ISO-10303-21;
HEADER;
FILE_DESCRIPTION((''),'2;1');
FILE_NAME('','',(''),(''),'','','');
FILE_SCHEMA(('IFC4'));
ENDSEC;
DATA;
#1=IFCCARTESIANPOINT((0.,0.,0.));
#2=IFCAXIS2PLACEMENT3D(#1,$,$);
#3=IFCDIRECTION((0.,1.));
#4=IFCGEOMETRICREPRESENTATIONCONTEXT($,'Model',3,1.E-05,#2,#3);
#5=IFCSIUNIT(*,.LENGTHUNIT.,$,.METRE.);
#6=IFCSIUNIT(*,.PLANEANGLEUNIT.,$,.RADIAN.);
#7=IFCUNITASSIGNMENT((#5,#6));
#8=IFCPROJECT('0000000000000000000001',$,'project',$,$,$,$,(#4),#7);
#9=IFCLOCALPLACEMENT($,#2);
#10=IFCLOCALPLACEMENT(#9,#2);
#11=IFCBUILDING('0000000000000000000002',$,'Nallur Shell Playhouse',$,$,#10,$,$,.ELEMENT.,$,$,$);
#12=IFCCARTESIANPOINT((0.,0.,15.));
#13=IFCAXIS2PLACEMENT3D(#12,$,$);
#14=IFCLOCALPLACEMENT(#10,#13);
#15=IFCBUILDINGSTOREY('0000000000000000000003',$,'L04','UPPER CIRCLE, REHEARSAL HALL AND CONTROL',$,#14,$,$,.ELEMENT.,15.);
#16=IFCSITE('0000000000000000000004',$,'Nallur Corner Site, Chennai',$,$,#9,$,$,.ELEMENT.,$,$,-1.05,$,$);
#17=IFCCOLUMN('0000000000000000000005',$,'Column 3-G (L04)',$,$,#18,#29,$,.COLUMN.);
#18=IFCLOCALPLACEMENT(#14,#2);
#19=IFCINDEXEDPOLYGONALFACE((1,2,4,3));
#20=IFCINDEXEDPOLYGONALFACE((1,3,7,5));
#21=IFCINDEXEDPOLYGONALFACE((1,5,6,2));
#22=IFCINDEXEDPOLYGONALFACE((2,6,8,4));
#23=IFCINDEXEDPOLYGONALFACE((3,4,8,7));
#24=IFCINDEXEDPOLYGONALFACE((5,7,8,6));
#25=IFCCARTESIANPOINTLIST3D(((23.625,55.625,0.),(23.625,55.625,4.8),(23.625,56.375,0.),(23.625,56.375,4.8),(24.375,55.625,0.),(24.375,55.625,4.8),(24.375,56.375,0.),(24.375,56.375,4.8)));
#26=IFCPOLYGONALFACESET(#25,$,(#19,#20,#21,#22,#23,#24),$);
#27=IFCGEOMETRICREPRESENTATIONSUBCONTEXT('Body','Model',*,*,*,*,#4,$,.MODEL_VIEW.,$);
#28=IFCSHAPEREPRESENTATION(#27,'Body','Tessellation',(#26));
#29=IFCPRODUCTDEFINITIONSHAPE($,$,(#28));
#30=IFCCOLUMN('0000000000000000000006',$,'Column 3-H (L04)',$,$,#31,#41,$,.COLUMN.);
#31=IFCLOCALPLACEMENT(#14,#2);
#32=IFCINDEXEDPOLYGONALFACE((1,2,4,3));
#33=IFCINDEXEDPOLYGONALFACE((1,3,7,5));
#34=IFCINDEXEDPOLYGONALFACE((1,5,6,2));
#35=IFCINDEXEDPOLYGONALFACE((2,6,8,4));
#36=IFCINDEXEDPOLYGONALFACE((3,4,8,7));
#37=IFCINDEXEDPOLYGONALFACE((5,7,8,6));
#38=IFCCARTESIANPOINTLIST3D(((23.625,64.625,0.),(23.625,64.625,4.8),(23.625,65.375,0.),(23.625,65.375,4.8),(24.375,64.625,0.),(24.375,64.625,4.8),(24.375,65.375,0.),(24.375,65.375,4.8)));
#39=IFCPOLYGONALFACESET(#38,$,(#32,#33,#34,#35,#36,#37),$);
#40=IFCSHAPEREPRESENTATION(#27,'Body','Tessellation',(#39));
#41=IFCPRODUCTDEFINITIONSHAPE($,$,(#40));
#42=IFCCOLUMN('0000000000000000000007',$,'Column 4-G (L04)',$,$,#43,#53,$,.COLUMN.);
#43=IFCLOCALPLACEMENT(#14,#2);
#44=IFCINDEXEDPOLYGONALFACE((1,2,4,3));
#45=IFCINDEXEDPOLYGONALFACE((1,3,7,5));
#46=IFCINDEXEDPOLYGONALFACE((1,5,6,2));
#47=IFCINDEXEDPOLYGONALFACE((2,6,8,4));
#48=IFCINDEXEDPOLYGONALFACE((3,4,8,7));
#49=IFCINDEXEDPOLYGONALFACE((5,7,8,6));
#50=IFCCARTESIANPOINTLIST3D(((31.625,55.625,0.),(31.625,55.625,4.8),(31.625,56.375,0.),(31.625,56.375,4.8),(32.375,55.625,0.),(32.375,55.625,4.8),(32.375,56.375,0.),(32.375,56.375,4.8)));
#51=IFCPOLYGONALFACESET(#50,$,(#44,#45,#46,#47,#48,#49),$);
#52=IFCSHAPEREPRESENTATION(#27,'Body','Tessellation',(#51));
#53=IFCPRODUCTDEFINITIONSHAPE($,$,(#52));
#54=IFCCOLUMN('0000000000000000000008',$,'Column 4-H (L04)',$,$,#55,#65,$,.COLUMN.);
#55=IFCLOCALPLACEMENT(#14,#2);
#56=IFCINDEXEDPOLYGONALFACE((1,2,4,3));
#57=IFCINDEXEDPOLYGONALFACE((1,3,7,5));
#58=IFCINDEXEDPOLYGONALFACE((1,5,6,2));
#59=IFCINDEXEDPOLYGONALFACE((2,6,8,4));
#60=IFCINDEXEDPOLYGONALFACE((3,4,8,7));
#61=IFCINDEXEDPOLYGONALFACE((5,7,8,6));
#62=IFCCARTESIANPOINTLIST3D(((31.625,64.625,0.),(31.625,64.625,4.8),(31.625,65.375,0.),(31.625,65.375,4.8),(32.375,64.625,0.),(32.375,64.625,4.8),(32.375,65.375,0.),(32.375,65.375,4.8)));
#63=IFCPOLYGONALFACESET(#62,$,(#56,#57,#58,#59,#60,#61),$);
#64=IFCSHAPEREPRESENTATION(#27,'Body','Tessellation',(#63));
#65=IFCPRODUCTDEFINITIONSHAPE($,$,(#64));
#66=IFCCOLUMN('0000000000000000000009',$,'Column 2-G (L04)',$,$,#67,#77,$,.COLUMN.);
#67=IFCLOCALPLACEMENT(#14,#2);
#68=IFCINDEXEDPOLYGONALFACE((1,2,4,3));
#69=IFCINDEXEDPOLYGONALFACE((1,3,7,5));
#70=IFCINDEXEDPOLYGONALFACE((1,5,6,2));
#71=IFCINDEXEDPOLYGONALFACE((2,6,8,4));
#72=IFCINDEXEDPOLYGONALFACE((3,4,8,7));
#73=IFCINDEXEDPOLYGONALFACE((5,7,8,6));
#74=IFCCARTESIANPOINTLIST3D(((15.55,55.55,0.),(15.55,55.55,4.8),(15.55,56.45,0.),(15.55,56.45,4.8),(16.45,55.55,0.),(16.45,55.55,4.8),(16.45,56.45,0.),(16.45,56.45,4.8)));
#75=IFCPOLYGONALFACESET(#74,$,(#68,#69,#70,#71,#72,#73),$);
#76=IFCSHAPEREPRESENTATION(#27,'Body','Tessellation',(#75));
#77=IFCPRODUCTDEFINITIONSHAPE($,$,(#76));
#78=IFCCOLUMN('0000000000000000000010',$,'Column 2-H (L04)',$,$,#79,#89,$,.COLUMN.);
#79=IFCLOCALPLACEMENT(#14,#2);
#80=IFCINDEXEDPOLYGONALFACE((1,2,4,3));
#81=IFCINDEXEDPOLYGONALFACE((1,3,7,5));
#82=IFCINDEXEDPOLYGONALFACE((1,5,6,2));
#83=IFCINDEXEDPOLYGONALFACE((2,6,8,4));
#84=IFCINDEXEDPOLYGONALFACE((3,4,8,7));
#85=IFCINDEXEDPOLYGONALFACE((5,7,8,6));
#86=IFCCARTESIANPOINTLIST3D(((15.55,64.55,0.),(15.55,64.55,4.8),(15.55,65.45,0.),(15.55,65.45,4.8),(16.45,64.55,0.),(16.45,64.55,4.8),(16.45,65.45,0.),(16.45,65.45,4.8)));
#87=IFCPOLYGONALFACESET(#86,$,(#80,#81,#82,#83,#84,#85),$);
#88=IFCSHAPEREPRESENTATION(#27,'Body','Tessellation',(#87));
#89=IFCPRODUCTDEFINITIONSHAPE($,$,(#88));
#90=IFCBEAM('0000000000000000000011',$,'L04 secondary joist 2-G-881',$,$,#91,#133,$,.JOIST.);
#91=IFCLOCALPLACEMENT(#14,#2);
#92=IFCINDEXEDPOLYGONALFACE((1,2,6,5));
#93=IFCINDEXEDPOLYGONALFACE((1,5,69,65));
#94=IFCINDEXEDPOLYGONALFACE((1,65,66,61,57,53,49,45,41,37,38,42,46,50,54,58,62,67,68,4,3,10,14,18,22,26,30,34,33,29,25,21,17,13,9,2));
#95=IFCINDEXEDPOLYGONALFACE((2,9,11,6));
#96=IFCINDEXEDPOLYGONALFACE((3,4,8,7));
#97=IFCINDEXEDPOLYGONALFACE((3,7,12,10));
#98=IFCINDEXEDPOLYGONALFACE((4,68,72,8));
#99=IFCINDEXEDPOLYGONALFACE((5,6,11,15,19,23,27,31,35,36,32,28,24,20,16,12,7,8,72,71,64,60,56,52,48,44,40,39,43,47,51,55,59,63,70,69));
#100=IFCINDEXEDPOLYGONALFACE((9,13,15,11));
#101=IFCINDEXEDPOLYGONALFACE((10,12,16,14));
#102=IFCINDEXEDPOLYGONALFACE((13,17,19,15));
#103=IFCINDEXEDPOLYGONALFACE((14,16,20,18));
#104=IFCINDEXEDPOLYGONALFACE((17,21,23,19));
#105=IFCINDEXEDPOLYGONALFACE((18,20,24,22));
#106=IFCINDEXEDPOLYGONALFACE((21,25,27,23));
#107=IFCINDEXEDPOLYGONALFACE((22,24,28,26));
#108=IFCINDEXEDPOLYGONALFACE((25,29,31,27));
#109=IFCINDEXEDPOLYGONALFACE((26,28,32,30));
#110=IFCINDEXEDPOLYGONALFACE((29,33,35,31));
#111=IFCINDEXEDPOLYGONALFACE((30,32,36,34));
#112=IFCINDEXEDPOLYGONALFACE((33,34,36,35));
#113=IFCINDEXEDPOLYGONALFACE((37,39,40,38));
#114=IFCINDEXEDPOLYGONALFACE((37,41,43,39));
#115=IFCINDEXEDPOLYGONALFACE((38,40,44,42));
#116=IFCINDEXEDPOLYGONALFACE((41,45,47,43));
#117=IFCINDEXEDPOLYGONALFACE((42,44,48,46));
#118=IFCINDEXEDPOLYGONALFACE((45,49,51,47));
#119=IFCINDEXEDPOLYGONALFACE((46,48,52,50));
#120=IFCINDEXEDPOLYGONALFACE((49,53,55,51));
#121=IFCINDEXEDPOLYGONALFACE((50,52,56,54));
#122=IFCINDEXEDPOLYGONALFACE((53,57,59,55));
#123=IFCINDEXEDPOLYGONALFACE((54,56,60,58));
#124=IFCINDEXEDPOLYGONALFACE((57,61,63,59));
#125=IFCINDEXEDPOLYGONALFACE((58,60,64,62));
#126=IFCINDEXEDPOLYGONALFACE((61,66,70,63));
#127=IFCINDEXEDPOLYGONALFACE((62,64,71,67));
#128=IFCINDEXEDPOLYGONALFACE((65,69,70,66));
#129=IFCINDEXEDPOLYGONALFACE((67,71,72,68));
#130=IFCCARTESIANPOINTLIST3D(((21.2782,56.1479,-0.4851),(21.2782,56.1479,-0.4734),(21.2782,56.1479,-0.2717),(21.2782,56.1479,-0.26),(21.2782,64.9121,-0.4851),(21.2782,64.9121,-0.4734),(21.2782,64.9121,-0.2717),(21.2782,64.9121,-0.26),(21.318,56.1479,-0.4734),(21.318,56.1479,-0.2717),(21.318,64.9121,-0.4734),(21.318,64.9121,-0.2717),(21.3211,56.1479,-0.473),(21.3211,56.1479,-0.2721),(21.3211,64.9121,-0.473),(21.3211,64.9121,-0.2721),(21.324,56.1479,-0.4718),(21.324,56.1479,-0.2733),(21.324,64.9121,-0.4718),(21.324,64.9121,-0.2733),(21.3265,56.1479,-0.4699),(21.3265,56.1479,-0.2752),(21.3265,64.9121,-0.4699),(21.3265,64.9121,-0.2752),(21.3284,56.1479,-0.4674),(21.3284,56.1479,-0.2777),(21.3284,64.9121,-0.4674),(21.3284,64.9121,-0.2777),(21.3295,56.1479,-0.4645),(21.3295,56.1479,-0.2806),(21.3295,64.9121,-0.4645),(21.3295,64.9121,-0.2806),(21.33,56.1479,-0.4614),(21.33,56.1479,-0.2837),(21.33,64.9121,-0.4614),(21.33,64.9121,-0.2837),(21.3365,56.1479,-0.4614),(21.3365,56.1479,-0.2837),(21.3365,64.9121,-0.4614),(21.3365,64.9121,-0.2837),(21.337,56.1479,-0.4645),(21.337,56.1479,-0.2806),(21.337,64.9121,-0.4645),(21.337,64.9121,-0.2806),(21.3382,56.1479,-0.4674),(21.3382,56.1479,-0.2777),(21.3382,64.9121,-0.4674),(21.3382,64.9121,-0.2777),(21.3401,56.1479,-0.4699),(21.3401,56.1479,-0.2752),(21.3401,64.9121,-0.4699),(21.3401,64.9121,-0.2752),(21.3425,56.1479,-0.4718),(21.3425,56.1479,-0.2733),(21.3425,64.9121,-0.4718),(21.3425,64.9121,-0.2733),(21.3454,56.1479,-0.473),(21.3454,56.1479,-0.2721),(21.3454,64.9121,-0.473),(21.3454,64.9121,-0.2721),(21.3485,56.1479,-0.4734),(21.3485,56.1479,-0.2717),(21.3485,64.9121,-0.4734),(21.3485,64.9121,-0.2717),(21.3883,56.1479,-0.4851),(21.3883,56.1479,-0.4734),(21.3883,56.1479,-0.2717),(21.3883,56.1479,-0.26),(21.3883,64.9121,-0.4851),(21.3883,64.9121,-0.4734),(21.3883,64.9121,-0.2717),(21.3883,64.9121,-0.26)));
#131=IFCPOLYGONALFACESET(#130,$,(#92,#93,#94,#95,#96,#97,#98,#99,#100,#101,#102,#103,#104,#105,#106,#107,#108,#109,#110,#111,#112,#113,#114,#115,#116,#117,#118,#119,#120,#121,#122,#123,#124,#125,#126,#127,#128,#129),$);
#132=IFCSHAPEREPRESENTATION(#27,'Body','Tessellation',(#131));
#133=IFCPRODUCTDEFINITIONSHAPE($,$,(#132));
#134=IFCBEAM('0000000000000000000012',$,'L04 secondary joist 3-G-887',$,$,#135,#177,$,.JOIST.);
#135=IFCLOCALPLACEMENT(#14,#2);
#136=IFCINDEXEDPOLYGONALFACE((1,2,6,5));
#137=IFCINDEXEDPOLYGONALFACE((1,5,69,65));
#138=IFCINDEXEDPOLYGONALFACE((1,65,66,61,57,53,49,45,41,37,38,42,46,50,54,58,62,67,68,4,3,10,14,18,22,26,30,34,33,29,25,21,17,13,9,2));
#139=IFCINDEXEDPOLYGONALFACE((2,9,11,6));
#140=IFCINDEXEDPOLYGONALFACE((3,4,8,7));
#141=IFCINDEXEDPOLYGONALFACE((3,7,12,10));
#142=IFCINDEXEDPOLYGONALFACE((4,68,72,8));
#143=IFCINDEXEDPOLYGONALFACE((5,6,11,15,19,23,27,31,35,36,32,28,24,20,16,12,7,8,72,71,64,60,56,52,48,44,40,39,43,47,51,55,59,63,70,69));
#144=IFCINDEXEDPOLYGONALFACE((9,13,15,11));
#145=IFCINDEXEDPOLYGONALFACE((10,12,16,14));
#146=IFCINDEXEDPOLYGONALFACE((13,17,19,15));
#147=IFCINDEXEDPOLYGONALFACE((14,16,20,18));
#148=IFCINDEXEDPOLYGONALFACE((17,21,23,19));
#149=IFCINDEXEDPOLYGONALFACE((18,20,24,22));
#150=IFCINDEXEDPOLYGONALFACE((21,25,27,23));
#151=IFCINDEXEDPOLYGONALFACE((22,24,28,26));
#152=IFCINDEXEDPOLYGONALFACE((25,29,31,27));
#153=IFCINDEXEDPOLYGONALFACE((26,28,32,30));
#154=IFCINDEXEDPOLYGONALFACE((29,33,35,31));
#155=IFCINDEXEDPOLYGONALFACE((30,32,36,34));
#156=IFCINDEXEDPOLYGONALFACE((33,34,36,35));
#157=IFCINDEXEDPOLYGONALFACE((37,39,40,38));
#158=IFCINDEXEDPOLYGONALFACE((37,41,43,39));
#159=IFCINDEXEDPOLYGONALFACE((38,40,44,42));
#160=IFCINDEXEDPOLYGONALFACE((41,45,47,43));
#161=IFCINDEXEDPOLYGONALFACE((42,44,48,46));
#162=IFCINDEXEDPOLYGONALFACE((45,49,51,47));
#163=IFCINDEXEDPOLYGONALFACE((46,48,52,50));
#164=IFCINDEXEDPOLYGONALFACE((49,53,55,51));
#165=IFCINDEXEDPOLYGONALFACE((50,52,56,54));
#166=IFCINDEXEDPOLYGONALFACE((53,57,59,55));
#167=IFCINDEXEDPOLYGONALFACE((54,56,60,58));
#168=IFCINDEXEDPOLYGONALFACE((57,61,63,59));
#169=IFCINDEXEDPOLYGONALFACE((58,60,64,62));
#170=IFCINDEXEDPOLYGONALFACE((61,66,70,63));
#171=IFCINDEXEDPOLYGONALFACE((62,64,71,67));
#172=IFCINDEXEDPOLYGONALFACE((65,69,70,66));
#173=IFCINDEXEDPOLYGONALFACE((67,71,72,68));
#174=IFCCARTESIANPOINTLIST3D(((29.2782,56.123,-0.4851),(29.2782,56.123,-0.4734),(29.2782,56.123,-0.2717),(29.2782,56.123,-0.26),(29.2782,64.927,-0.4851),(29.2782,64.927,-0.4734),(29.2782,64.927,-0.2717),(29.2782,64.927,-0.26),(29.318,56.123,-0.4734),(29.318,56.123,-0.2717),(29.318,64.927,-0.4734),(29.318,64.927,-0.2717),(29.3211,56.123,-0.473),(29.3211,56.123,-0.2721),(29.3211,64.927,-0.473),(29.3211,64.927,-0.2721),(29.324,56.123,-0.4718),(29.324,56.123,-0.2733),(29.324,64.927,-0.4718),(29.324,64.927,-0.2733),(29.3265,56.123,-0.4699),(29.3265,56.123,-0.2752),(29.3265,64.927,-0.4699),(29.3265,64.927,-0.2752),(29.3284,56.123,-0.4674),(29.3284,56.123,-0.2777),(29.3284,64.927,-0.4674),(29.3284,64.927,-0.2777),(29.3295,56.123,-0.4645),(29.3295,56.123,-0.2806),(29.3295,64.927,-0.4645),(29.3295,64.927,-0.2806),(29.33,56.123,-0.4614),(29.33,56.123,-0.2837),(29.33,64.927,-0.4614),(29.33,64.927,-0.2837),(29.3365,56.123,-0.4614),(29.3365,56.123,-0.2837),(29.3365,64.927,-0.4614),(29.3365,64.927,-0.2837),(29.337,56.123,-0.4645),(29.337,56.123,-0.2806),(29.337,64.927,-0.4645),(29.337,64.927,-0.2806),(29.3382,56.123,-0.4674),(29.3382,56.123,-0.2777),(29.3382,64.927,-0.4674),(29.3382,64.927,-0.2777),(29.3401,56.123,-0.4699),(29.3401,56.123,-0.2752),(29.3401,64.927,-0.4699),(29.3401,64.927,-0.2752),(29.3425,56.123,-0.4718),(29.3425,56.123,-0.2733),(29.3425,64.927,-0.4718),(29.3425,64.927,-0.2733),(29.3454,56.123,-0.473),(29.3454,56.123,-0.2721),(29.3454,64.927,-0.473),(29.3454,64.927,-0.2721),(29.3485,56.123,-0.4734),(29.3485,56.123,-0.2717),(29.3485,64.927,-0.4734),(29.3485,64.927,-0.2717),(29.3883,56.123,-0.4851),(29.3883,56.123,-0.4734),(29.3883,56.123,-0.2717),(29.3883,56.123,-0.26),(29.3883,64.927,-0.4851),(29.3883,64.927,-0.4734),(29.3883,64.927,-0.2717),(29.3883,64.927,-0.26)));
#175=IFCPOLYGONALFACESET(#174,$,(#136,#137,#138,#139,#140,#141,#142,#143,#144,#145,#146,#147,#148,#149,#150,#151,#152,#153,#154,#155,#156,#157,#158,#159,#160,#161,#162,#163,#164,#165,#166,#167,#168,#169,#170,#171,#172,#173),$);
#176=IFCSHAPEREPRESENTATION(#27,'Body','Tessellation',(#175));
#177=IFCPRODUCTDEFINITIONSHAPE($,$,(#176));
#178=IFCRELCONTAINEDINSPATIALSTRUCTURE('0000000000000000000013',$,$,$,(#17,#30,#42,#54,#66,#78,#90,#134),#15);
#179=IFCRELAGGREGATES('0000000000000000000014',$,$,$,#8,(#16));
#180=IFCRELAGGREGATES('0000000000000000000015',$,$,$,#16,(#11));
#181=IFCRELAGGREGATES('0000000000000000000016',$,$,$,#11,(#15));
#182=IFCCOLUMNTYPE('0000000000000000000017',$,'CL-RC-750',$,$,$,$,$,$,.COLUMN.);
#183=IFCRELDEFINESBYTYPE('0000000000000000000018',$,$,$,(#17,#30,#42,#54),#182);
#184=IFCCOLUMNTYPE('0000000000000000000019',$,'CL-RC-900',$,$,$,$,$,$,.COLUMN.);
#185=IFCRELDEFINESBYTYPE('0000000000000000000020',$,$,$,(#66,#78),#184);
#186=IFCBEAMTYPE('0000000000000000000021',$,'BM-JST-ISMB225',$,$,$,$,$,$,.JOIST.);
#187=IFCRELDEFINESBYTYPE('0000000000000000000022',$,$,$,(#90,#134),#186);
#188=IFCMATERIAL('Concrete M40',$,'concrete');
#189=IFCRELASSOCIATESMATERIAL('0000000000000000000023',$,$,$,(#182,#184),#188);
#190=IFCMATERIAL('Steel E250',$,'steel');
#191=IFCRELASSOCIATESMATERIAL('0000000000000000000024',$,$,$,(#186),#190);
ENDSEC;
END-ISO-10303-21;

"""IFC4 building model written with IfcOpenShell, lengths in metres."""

from ifc_helpers import new_model, si_unit, direction, frame, origin, origin_2d, place, context, subcontext, project, spatial, rectangle, i_section, extrude, material, material_profile, profile_set, type_object, element, save


model = new_model("IFC4")

# Units and contexts
model_context = context("Model", 3, precision=1e-05, world=origin(), true_north=direction((0.0, 1.0)))
body_context = subcontext(model_context, "Body", "Model", "MODEL_VIEW")
ifc_project = project(units=[si_unit("LENGTHUNIT", "METRE"), si_unit("PLANEANGLEUNIT", "RADIAN")], contexts=[model_context])

# Site, building, storey
site_placement = place(None, origin())
site = spatial("IfcSite", under=ifc_project, at=site_placement, Name="Nallur Corner Site, Chennai", CompositionType="ELEMENT", RefElevation=-1.05)
building_placement = place(site_placement, origin())
building = spatial("IfcBuilding", under=site, at=building_placement, Name="Nallur Shell Playhouse", CompositionType="ELEMENT")
storey_placement = place(building_placement, frame((0.0, 0.0, 15.0)))
storey = spatial("IfcBuildingStorey", under=building, at=storey_placement, Name="L04", Description="UPPER CIRCLE, REHEARSAL HALL AND CONTROL", CompositionType="ELEMENT", Elevation=15.0)

# Columns
ifc_material_1 = material(Name="Concrete M40", Category="concrete")
ifc_material_profile_1 = material_profile(ifc_material_1, rectangle(XDim=0.75, YDim=0.75, at=origin_2d()), Name="RC 750x750")
ifc_profile_set_1 = profile_set([ifc_material_profile_1], Name="Concrete M40")
column_type_1 = type_object("IfcColumnType", Name="CL-RC-750", PredefinedType="COLUMN", material=ifc_profile_set_1)
for number, where, z_axis, x_axis, name in (
    (1, (24.0, 56.0, 0.0), (0.0, 0.0, 1.0), (1.0, 0.0, 0.0), "Column 3-G (L04)"),
    (2, (24.0, 65.0, 0.0), (0.0, 0.0, 1.0), (1.0, 0.0, 0.0), "Column 3-H (L04)"),
    (3, (32.0, 56.0, 0.0), (0.0, 0.0, 1.0), (1.0, 0.0, 0.0), "Column 4-G (L04)"),
    (4, (32.0, 65.0, 0.0), (0.0, 0.0, 1.0), (1.0, 0.0, 0.0), "Column 4-H (L04)"),
):
    element("IfcColumn", number, at=place(storey_placement, frame(where, z_axis=z_axis, x_axis=x_axis)), inside=storey, type_object=column_type_1, Name=name, PredefinedType="COLUMN", context=body_context, shape_type="SweptSolid", body=[
        extrude(rectangle(XDim=0.75, YDim=0.75, at=origin_2d()), origin(), (0.0, 0.0, 1.0), 4.8),
    ])
ifc_material_profile_2 = material_profile(ifc_material_1, rectangle(XDim=0.8999, YDim=0.8999, at=origin_2d()), Name="RC 900x900")
ifc_profile_set_2 = profile_set([ifc_material_profile_2], Name="Concrete M40")
column_type_2 = type_object("IfcColumnType", Name="CL-RC-900", PredefinedType="COLUMN", material=ifc_profile_set_2)
for number, where, z_axis, x_axis, name in (
    (5, (16.0, 56.0, 0.0), (0.0, 0.0, 1.0), (1.0, 0.0, 0.0), "Column 2-G (L04)"),
    (6, (16.0, 65.0, 0.0), (0.0, 0.0, 1.0), (1.0, 0.0, 0.0), "Column 2-H (L04)"),
):
    element("IfcColumn", number, at=place(storey_placement, frame(where, z_axis=z_axis, x_axis=x_axis)), inside=storey, type_object=column_type_2, Name=name, PredefinedType="COLUMN", context=body_context, shape_type="SweptSolid", body=[
        extrude(rectangle(XDim=0.8999, YDim=0.8999, at=origin_2d()), origin(), (0.0, 0.0, 1.0), 4.8),
    ])

# Beams
ifc_material_2 = material(Name="Steel E250", Category="steel")
ifc_material_profile_3 = material_profile(ifc_material_2, i_section(OverallWidth=0.1101, OverallDepth=0.2251, WebThickness=0.0066, FlangeThickness=0.0117, FilletRadius=0.012, at=origin_2d()), Name="ISMB 225")
ifc_profile_set_3 = profile_set([ifc_material_profile_3], Name="Steel E250")
beam_type_1 = type_object("IfcBeamType", Name="BM-JST-ISMB225", PredefinedType="JOIST", material=ifc_profile_set_3)
beam_1_placement = place(storey_placement, frame((21.3333, 56.1479, -0.3726), z_axis=(0.0, 1.0, 0.0), x_axis=(-1.0, 0.0, 0.0)))
element("IfcBeam", 7, at=beam_1_placement, inside=storey, type_object=beam_type_1, Name="L04 secondary joist 2-G-881", PredefinedType="JOIST", context=body_context, shape_type="SweptSolid", body=[
    extrude(i_section(OverallWidth=0.1101, OverallDepth=0.2251, WebThickness=0.0066, FlangeThickness=0.0117, FilletRadius=0.012, at=origin_2d()), origin(), (0.0, 0.0, 1.0), 8.7642),
])
beam_2_placement = place(storey_placement, frame((29.3333, 56.123, -0.3726), z_axis=(0.0, 1.0, 0.0), x_axis=(-1.0, 0.0, 0.0)))
element("IfcBeam", 8, at=beam_2_placement, inside=storey, type_object=beam_type_1, Name="L04 secondary joist 3-G-887", PredefinedType="JOIST", context=body_context, shape_type="SweptSolid", body=[
    extrude(i_section(OverallWidth=0.1101, OverallDepth=0.2251, WebThickness=0.0066, FlangeThickness=0.0117, FilletRadius=0.012, at=origin_2d()), origin(), (0.0, 0.0, 1.0), 8.804),
])

save(model, "model.ifc")
